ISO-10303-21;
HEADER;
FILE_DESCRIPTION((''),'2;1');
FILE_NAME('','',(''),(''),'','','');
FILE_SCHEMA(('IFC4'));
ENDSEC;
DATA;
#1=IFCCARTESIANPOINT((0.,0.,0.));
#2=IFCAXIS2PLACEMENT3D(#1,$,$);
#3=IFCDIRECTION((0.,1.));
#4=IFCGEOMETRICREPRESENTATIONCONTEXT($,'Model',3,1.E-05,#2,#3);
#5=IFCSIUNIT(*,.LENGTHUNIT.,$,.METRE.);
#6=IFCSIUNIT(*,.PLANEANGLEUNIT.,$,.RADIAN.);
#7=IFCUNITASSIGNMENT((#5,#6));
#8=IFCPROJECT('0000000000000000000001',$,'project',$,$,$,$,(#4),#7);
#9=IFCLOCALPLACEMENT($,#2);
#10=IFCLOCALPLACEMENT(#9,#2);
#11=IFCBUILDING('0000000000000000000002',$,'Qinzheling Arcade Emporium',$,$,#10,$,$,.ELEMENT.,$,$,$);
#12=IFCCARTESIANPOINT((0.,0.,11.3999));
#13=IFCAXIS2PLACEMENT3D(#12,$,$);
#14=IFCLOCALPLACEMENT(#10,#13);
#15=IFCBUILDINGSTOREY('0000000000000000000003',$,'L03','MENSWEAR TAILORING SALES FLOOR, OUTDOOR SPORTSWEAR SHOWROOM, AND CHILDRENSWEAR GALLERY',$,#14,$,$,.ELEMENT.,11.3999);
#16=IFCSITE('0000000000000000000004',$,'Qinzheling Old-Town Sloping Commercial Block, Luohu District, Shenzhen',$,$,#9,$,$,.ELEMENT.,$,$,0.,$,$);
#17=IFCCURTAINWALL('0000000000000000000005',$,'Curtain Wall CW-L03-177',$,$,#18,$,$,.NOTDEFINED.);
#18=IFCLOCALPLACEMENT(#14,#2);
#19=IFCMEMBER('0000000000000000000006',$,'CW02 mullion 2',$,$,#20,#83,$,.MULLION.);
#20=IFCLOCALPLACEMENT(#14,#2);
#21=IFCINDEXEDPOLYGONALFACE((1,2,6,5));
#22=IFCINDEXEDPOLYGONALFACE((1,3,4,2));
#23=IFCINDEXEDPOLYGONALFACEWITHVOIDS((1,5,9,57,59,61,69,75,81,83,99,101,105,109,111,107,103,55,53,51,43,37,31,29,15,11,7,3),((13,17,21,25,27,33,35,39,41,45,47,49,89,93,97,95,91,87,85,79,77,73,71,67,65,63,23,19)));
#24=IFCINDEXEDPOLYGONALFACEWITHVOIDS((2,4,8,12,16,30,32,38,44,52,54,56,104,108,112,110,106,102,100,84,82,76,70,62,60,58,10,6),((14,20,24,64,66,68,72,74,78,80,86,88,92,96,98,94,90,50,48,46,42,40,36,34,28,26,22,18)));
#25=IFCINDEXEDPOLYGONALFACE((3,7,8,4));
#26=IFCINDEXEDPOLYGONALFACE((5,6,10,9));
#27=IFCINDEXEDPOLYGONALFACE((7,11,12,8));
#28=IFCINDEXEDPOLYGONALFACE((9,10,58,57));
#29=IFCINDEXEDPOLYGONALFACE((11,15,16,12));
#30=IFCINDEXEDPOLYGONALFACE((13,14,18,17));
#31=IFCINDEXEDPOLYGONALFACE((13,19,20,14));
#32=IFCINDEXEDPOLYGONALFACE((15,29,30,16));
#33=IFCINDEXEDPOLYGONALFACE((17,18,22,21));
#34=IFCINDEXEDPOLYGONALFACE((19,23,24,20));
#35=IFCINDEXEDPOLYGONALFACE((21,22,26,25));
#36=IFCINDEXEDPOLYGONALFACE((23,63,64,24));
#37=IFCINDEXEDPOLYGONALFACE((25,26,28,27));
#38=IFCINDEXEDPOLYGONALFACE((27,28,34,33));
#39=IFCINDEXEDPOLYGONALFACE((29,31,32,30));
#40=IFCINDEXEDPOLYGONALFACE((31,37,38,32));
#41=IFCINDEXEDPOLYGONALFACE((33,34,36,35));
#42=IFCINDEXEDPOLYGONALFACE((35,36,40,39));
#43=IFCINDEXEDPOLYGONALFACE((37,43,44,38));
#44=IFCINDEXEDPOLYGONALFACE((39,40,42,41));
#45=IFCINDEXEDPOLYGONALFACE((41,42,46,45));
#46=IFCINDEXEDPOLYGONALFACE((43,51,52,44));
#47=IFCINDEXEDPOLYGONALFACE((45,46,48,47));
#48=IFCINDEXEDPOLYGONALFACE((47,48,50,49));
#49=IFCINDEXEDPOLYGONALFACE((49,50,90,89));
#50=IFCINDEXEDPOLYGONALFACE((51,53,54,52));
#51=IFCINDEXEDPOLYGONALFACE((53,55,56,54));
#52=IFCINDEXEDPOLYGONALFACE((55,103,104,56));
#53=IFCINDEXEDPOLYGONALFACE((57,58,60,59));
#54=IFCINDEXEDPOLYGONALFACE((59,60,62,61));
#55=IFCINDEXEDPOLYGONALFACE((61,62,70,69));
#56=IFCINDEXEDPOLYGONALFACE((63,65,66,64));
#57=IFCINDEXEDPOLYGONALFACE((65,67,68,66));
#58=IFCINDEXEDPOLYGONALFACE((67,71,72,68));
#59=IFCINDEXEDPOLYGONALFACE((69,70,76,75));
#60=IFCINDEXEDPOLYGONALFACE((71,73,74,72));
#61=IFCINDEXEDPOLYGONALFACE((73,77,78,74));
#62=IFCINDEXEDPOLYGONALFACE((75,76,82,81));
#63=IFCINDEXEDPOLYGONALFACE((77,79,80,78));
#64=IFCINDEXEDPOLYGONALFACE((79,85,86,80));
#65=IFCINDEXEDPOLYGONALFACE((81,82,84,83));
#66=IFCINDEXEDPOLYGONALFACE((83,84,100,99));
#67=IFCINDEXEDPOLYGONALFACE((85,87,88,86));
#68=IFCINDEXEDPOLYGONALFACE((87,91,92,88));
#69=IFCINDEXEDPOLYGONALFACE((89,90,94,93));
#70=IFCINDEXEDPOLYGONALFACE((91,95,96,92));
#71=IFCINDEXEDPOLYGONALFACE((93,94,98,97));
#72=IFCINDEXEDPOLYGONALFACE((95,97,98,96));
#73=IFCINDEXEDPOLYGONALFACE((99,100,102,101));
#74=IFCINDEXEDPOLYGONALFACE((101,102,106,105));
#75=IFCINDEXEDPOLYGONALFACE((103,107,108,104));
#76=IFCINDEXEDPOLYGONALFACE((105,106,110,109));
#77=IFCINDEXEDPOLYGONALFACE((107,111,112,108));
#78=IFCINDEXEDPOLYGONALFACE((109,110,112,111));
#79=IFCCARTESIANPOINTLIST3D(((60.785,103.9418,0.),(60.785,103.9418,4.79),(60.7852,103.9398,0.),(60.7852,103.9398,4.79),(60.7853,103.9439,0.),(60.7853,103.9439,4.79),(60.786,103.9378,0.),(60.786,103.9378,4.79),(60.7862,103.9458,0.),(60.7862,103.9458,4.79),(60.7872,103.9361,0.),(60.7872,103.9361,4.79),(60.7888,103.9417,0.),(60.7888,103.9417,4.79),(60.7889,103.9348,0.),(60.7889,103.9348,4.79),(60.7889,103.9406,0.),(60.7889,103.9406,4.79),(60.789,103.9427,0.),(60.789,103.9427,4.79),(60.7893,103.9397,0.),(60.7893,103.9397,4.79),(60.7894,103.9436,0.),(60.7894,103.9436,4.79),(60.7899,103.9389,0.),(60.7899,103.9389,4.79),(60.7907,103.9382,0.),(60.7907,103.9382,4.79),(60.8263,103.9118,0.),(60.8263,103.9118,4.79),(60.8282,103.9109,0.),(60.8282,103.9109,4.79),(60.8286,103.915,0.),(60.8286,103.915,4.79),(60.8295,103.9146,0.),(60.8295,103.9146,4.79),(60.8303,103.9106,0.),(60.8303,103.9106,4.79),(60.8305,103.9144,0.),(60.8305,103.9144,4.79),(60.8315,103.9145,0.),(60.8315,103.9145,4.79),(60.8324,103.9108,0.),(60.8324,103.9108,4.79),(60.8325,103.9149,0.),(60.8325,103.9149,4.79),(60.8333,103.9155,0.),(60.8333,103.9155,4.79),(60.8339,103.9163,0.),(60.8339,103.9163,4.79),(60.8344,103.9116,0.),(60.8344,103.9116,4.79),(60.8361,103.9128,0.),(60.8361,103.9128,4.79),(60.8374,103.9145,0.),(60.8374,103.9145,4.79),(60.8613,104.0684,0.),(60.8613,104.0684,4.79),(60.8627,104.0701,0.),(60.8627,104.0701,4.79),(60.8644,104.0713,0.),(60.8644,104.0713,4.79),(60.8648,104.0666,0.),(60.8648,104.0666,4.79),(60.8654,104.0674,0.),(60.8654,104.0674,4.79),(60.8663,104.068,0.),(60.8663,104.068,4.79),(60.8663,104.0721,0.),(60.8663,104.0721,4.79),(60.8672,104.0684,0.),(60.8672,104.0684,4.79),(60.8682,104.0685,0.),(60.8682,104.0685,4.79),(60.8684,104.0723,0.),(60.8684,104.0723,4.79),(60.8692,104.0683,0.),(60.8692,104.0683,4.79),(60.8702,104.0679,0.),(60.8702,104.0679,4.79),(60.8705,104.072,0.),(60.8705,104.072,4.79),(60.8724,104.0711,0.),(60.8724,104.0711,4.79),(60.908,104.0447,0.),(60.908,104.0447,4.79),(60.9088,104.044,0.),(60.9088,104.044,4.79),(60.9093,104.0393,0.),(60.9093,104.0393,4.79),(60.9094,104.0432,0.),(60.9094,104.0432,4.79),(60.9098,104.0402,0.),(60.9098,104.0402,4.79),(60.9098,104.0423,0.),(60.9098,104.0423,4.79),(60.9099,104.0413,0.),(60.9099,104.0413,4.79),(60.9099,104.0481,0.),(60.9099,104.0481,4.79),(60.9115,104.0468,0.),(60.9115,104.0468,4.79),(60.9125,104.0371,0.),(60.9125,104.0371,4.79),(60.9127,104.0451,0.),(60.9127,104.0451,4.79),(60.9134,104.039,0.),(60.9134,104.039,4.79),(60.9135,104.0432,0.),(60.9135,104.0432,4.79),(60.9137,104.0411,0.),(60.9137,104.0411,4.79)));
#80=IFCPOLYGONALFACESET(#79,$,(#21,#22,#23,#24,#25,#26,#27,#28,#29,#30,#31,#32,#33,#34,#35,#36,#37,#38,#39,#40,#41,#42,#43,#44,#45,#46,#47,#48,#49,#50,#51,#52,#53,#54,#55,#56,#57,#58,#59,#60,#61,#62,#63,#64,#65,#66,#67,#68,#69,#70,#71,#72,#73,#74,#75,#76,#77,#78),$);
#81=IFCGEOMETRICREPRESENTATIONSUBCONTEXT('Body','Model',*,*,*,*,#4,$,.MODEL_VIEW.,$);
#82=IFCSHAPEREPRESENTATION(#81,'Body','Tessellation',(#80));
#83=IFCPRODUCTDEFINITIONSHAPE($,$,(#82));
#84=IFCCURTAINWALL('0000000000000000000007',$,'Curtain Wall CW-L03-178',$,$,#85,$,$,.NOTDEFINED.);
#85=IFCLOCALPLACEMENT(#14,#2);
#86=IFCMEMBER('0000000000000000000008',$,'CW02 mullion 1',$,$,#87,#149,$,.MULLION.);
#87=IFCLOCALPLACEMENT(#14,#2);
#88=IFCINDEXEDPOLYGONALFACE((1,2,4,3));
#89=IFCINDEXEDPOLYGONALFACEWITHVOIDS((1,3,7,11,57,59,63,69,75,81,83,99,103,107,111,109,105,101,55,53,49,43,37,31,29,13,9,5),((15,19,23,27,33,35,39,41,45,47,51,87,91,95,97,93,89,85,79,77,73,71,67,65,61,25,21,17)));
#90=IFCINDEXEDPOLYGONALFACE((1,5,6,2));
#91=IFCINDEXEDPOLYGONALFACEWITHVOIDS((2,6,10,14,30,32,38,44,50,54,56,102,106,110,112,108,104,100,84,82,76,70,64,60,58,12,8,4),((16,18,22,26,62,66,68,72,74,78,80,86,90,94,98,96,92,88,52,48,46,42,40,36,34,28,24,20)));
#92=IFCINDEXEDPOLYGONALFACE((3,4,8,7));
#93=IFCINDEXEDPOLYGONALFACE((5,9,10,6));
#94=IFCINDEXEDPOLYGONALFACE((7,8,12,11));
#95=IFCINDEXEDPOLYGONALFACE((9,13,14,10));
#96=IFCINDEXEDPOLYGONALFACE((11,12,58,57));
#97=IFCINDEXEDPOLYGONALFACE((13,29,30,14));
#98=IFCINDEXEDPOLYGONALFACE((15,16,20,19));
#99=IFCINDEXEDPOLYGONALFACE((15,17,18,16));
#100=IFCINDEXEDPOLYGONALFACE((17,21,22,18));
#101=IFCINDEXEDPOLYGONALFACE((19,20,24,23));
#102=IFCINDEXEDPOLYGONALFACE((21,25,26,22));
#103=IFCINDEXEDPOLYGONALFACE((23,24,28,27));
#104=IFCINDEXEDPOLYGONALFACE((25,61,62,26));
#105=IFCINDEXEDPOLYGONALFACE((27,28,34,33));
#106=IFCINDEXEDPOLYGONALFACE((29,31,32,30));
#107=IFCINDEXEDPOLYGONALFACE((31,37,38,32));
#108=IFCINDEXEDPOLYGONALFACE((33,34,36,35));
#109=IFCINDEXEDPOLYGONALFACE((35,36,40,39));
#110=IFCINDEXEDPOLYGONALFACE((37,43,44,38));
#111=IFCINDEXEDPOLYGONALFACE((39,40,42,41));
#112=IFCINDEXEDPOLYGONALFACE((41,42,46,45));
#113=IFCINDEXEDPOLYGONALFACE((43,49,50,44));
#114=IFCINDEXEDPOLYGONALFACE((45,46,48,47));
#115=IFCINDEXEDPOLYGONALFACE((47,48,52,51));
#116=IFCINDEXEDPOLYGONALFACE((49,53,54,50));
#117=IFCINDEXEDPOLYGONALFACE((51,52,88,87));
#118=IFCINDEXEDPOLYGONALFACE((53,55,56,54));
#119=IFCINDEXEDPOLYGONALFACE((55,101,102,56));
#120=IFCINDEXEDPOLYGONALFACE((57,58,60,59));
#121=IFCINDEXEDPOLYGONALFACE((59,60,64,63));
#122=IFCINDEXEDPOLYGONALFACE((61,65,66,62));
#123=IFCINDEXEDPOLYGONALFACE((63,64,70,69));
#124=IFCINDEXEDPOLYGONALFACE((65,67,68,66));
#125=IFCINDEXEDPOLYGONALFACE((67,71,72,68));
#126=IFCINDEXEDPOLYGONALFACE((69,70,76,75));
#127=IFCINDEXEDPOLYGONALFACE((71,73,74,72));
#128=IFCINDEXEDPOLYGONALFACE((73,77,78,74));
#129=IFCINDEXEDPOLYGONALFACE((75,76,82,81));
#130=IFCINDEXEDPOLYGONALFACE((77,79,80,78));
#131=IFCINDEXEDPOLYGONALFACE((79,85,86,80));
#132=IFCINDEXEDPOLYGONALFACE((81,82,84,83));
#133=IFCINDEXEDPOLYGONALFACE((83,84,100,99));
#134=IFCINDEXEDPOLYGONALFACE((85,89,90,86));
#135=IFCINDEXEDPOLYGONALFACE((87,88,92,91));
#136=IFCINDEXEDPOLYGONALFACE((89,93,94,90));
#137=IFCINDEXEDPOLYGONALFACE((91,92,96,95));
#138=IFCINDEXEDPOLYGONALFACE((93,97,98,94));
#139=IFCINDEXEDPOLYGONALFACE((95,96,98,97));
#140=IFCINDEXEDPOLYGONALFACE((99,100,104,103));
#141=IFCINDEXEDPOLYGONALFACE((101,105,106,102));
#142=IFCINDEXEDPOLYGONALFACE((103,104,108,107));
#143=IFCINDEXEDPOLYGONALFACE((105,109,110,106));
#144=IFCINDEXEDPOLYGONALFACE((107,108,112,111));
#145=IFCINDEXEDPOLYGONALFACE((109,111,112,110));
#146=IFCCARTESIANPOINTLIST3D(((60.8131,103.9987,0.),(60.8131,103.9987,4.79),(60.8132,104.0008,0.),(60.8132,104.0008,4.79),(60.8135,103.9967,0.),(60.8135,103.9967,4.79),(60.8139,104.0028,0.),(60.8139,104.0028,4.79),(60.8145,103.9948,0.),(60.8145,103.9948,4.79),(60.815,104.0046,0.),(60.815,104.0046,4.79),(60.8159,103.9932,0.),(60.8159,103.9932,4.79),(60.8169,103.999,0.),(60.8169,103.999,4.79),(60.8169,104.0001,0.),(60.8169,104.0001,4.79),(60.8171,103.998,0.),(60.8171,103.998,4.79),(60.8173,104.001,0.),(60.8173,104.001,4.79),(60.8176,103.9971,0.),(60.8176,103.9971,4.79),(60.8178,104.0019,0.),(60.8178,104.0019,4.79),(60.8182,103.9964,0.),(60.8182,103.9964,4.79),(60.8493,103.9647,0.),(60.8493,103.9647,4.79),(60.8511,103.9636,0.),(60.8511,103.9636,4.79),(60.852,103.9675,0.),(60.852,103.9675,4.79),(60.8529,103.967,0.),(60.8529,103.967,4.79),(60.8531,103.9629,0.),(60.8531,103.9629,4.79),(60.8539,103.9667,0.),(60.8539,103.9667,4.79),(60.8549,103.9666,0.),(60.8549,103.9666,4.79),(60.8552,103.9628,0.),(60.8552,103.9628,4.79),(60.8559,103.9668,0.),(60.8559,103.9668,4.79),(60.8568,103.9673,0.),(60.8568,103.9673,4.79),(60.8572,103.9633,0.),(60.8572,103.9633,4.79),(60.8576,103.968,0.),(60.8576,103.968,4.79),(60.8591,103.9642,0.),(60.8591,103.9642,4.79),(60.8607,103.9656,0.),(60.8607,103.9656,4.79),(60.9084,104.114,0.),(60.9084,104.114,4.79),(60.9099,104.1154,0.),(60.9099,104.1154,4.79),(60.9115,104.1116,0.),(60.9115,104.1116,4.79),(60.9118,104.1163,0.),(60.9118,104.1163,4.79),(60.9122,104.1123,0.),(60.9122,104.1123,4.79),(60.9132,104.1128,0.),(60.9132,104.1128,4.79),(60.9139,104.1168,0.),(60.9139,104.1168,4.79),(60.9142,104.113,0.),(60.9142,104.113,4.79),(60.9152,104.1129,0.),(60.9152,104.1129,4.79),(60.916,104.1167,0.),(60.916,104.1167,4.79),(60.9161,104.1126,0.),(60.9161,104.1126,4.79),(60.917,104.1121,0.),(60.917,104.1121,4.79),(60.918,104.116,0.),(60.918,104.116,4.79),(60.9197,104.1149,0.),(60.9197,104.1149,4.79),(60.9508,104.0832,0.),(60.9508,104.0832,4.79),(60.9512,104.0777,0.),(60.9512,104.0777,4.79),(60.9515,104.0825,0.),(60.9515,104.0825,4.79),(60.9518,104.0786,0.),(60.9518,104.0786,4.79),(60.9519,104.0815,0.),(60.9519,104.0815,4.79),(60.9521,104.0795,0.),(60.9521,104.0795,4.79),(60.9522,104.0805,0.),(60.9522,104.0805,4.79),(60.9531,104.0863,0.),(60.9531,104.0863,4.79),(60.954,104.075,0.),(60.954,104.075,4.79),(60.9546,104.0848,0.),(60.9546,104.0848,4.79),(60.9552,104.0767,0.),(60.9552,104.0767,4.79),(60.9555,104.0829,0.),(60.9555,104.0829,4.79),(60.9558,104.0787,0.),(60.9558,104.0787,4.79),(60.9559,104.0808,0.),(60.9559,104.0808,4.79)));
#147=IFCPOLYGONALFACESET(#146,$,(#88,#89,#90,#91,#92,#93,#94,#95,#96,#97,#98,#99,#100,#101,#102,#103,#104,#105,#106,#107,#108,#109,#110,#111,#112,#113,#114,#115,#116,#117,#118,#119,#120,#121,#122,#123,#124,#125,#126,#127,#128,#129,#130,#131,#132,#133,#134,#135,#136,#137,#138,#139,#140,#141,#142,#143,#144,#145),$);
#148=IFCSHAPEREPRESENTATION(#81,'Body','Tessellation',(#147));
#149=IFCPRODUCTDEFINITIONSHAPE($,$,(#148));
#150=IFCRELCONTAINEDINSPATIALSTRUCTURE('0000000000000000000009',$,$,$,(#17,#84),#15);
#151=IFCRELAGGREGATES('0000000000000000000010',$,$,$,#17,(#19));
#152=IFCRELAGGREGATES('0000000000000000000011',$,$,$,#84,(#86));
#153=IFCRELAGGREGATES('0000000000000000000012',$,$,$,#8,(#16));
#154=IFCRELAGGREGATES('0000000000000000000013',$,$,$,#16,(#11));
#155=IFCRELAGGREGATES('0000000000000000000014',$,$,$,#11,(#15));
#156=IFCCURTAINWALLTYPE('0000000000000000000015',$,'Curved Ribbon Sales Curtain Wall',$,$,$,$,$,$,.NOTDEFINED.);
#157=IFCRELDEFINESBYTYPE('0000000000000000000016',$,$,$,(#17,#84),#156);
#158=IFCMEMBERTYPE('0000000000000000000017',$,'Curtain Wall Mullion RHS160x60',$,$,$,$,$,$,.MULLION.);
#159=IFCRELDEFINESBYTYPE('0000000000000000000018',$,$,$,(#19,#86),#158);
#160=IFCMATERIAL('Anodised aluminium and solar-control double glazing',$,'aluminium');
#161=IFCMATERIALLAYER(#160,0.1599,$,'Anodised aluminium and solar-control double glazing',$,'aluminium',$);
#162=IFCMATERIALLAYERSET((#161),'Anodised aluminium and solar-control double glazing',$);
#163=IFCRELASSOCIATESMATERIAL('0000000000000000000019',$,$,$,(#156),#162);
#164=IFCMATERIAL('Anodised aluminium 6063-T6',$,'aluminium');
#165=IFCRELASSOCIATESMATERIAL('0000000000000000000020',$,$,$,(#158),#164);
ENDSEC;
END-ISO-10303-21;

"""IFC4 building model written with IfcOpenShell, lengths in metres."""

from ifc_helpers import new_model, si_unit, direction, frame, origin, origin_2d, place, context, subcontext, project, spatial, hollow_rectangle, extrude, material, layer, layer_set, material_profile, profile_set, type_object, element, aggregate, save


model = new_model("IFC4")

# Units and contexts
model_context = context("Model", 3, precision=1e-05, world=origin(), true_north=direction((0.0, 1.0)))
body_context = subcontext(model_context, "Body", "Model", "MODEL_VIEW")
ifc_project = project(units=[si_unit("LENGTHUNIT", "METRE"), si_unit("PLANEANGLEUNIT", "RADIAN")], contexts=[model_context])

# Site, building, storey
site_placement = place(None, origin())
site = spatial("IfcSite", under=ifc_project, at=site_placement, Name="Qinzheling Old-Town Sloping Commercial Block, Luohu District, Shenzhen", CompositionType="ELEMENT", RefElevation=0.0)
building_placement = place(site_placement, origin())
building = spatial("IfcBuilding", under=site, at=building_placement, Name="Qinzheling Arcade Emporium", CompositionType="ELEMENT")
storey_placement = place(building_placement, frame((0.0, 0.0, 11.3999)))
storey = spatial("IfcBuildingStorey", under=building, at=storey_placement, Name="L03", Description="MENSWEAR TAILORING SALES FLOOR, OUTDOOR SPORTSWEAR SHOWROOM, AND CHILDRENSWEAR GALLERY", CompositionType="ELEMENT", Elevation=11.3999)

# Shared definitions
ifc_material_1 = material(Name="Anodised aluminium and solar-control double glazing", Category="aluminium")
ifc_layer_1 = layer(ifc_material_1, 0.1599, Name="Anodised aluminium and solar-control double glazing", Category="aluminium")
ifc_layer_set_1 = layer_set([ifc_layer_1], Name="Anodised aluminium and solar-control double glazing")
curtain_wall_type = type_object("IfcCurtainWallType", Name="Curved Ribbon Sales Curtain Wall", PredefinedType="NOTDEFINED", material=ifc_layer_set_1)
ifc_material_2 = material(Name="Anodised aluminium 6063-T6", Category="aluminium")
ifc_material_profile_1 = material_profile(ifc_material_2, hollow_rectangle(XDim=0.0601, YDim=0.1599, WallThickness=0.0039, InnerFilletRadius=0.0039, OuterFilletRadius=0.0081, at=origin_2d()), Name="RHS 160x60x4", Category="aluminium")
ifc_profile_set_1 = profile_set([ifc_material_profile_1], Name="Anodised aluminium 6063-T6")
member_type_1 = type_object("IfcMemberType", Name="Curtain Wall Mullion RHS160x60", PredefinedType="MULLION", material=ifc_profile_set_1)

# Curtain walls, members
curtain_wall_1_placement = place(storey_placement, origin())
curtain_wall_1 = element("IfcCurtainWall", 1, at=curtain_wall_1_placement, inside=storey, type_object=curtain_wall_type, Name="Curtain Wall CW-L03-177", PredefinedType="NOTDEFINED")
member_1_placement = place(storey_placement, frame((60.8494, 103.9915, 0.0), z_axis=(0.0, 0.0, 1.0), x_axis=(-0.85262, 0.522532, 0.0)))
member_1 = element("IfcMember", 2, at=member_1_placement, type_object=member_type_1, Name="CW02 mullion 2", PredefinedType="MULLION", context=body_context, shape_type="SweptSolid", body=[
    extrude(hollow_rectangle(XDim=0.0601, YDim=0.1599, WallThickness=0.0039, InnerFilletRadius=0.0039, OuterFilletRadius=0.0081, at=origin_2d()), origin(), (0.0, 0.0, 1.0), 4.79),
])
curtain_wall_2_placement = place(storey_placement, origin())
curtain_wall_2 = element("IfcCurtainWall", 3, at=curtain_wall_2_placement, inside=storey, type_object=curtain_wall_type, Name="Curtain Wall CW-L03-178", PredefinedType="NOTDEFINED")
member_2_placement = place(storey_placement, frame((60.8845, 104.0398, 0.0), z_axis=(0.0, 0.0, 1.0), x_axis=(-0.760575, 0.64925, 0.0)))
member_2 = element("IfcMember", 4, at=member_2_placement, type_object=member_type_1, Name="CW02 mullion 1", PredefinedType="MULLION", context=body_context, shape_type="SweptSolid", body=[
    extrude(hollow_rectangle(XDim=0.0601, YDim=0.1599, WallThickness=0.0039, InnerFilletRadius=0.0039, OuterFilletRadius=0.0081, at=origin_2d()), origin(), (0.0, 0.0, 1.0), 4.79),
])

aggregate(curtain_wall_1, [member_1])
aggregate(curtain_wall_2, [member_2])

save(model, "model.ifc")
